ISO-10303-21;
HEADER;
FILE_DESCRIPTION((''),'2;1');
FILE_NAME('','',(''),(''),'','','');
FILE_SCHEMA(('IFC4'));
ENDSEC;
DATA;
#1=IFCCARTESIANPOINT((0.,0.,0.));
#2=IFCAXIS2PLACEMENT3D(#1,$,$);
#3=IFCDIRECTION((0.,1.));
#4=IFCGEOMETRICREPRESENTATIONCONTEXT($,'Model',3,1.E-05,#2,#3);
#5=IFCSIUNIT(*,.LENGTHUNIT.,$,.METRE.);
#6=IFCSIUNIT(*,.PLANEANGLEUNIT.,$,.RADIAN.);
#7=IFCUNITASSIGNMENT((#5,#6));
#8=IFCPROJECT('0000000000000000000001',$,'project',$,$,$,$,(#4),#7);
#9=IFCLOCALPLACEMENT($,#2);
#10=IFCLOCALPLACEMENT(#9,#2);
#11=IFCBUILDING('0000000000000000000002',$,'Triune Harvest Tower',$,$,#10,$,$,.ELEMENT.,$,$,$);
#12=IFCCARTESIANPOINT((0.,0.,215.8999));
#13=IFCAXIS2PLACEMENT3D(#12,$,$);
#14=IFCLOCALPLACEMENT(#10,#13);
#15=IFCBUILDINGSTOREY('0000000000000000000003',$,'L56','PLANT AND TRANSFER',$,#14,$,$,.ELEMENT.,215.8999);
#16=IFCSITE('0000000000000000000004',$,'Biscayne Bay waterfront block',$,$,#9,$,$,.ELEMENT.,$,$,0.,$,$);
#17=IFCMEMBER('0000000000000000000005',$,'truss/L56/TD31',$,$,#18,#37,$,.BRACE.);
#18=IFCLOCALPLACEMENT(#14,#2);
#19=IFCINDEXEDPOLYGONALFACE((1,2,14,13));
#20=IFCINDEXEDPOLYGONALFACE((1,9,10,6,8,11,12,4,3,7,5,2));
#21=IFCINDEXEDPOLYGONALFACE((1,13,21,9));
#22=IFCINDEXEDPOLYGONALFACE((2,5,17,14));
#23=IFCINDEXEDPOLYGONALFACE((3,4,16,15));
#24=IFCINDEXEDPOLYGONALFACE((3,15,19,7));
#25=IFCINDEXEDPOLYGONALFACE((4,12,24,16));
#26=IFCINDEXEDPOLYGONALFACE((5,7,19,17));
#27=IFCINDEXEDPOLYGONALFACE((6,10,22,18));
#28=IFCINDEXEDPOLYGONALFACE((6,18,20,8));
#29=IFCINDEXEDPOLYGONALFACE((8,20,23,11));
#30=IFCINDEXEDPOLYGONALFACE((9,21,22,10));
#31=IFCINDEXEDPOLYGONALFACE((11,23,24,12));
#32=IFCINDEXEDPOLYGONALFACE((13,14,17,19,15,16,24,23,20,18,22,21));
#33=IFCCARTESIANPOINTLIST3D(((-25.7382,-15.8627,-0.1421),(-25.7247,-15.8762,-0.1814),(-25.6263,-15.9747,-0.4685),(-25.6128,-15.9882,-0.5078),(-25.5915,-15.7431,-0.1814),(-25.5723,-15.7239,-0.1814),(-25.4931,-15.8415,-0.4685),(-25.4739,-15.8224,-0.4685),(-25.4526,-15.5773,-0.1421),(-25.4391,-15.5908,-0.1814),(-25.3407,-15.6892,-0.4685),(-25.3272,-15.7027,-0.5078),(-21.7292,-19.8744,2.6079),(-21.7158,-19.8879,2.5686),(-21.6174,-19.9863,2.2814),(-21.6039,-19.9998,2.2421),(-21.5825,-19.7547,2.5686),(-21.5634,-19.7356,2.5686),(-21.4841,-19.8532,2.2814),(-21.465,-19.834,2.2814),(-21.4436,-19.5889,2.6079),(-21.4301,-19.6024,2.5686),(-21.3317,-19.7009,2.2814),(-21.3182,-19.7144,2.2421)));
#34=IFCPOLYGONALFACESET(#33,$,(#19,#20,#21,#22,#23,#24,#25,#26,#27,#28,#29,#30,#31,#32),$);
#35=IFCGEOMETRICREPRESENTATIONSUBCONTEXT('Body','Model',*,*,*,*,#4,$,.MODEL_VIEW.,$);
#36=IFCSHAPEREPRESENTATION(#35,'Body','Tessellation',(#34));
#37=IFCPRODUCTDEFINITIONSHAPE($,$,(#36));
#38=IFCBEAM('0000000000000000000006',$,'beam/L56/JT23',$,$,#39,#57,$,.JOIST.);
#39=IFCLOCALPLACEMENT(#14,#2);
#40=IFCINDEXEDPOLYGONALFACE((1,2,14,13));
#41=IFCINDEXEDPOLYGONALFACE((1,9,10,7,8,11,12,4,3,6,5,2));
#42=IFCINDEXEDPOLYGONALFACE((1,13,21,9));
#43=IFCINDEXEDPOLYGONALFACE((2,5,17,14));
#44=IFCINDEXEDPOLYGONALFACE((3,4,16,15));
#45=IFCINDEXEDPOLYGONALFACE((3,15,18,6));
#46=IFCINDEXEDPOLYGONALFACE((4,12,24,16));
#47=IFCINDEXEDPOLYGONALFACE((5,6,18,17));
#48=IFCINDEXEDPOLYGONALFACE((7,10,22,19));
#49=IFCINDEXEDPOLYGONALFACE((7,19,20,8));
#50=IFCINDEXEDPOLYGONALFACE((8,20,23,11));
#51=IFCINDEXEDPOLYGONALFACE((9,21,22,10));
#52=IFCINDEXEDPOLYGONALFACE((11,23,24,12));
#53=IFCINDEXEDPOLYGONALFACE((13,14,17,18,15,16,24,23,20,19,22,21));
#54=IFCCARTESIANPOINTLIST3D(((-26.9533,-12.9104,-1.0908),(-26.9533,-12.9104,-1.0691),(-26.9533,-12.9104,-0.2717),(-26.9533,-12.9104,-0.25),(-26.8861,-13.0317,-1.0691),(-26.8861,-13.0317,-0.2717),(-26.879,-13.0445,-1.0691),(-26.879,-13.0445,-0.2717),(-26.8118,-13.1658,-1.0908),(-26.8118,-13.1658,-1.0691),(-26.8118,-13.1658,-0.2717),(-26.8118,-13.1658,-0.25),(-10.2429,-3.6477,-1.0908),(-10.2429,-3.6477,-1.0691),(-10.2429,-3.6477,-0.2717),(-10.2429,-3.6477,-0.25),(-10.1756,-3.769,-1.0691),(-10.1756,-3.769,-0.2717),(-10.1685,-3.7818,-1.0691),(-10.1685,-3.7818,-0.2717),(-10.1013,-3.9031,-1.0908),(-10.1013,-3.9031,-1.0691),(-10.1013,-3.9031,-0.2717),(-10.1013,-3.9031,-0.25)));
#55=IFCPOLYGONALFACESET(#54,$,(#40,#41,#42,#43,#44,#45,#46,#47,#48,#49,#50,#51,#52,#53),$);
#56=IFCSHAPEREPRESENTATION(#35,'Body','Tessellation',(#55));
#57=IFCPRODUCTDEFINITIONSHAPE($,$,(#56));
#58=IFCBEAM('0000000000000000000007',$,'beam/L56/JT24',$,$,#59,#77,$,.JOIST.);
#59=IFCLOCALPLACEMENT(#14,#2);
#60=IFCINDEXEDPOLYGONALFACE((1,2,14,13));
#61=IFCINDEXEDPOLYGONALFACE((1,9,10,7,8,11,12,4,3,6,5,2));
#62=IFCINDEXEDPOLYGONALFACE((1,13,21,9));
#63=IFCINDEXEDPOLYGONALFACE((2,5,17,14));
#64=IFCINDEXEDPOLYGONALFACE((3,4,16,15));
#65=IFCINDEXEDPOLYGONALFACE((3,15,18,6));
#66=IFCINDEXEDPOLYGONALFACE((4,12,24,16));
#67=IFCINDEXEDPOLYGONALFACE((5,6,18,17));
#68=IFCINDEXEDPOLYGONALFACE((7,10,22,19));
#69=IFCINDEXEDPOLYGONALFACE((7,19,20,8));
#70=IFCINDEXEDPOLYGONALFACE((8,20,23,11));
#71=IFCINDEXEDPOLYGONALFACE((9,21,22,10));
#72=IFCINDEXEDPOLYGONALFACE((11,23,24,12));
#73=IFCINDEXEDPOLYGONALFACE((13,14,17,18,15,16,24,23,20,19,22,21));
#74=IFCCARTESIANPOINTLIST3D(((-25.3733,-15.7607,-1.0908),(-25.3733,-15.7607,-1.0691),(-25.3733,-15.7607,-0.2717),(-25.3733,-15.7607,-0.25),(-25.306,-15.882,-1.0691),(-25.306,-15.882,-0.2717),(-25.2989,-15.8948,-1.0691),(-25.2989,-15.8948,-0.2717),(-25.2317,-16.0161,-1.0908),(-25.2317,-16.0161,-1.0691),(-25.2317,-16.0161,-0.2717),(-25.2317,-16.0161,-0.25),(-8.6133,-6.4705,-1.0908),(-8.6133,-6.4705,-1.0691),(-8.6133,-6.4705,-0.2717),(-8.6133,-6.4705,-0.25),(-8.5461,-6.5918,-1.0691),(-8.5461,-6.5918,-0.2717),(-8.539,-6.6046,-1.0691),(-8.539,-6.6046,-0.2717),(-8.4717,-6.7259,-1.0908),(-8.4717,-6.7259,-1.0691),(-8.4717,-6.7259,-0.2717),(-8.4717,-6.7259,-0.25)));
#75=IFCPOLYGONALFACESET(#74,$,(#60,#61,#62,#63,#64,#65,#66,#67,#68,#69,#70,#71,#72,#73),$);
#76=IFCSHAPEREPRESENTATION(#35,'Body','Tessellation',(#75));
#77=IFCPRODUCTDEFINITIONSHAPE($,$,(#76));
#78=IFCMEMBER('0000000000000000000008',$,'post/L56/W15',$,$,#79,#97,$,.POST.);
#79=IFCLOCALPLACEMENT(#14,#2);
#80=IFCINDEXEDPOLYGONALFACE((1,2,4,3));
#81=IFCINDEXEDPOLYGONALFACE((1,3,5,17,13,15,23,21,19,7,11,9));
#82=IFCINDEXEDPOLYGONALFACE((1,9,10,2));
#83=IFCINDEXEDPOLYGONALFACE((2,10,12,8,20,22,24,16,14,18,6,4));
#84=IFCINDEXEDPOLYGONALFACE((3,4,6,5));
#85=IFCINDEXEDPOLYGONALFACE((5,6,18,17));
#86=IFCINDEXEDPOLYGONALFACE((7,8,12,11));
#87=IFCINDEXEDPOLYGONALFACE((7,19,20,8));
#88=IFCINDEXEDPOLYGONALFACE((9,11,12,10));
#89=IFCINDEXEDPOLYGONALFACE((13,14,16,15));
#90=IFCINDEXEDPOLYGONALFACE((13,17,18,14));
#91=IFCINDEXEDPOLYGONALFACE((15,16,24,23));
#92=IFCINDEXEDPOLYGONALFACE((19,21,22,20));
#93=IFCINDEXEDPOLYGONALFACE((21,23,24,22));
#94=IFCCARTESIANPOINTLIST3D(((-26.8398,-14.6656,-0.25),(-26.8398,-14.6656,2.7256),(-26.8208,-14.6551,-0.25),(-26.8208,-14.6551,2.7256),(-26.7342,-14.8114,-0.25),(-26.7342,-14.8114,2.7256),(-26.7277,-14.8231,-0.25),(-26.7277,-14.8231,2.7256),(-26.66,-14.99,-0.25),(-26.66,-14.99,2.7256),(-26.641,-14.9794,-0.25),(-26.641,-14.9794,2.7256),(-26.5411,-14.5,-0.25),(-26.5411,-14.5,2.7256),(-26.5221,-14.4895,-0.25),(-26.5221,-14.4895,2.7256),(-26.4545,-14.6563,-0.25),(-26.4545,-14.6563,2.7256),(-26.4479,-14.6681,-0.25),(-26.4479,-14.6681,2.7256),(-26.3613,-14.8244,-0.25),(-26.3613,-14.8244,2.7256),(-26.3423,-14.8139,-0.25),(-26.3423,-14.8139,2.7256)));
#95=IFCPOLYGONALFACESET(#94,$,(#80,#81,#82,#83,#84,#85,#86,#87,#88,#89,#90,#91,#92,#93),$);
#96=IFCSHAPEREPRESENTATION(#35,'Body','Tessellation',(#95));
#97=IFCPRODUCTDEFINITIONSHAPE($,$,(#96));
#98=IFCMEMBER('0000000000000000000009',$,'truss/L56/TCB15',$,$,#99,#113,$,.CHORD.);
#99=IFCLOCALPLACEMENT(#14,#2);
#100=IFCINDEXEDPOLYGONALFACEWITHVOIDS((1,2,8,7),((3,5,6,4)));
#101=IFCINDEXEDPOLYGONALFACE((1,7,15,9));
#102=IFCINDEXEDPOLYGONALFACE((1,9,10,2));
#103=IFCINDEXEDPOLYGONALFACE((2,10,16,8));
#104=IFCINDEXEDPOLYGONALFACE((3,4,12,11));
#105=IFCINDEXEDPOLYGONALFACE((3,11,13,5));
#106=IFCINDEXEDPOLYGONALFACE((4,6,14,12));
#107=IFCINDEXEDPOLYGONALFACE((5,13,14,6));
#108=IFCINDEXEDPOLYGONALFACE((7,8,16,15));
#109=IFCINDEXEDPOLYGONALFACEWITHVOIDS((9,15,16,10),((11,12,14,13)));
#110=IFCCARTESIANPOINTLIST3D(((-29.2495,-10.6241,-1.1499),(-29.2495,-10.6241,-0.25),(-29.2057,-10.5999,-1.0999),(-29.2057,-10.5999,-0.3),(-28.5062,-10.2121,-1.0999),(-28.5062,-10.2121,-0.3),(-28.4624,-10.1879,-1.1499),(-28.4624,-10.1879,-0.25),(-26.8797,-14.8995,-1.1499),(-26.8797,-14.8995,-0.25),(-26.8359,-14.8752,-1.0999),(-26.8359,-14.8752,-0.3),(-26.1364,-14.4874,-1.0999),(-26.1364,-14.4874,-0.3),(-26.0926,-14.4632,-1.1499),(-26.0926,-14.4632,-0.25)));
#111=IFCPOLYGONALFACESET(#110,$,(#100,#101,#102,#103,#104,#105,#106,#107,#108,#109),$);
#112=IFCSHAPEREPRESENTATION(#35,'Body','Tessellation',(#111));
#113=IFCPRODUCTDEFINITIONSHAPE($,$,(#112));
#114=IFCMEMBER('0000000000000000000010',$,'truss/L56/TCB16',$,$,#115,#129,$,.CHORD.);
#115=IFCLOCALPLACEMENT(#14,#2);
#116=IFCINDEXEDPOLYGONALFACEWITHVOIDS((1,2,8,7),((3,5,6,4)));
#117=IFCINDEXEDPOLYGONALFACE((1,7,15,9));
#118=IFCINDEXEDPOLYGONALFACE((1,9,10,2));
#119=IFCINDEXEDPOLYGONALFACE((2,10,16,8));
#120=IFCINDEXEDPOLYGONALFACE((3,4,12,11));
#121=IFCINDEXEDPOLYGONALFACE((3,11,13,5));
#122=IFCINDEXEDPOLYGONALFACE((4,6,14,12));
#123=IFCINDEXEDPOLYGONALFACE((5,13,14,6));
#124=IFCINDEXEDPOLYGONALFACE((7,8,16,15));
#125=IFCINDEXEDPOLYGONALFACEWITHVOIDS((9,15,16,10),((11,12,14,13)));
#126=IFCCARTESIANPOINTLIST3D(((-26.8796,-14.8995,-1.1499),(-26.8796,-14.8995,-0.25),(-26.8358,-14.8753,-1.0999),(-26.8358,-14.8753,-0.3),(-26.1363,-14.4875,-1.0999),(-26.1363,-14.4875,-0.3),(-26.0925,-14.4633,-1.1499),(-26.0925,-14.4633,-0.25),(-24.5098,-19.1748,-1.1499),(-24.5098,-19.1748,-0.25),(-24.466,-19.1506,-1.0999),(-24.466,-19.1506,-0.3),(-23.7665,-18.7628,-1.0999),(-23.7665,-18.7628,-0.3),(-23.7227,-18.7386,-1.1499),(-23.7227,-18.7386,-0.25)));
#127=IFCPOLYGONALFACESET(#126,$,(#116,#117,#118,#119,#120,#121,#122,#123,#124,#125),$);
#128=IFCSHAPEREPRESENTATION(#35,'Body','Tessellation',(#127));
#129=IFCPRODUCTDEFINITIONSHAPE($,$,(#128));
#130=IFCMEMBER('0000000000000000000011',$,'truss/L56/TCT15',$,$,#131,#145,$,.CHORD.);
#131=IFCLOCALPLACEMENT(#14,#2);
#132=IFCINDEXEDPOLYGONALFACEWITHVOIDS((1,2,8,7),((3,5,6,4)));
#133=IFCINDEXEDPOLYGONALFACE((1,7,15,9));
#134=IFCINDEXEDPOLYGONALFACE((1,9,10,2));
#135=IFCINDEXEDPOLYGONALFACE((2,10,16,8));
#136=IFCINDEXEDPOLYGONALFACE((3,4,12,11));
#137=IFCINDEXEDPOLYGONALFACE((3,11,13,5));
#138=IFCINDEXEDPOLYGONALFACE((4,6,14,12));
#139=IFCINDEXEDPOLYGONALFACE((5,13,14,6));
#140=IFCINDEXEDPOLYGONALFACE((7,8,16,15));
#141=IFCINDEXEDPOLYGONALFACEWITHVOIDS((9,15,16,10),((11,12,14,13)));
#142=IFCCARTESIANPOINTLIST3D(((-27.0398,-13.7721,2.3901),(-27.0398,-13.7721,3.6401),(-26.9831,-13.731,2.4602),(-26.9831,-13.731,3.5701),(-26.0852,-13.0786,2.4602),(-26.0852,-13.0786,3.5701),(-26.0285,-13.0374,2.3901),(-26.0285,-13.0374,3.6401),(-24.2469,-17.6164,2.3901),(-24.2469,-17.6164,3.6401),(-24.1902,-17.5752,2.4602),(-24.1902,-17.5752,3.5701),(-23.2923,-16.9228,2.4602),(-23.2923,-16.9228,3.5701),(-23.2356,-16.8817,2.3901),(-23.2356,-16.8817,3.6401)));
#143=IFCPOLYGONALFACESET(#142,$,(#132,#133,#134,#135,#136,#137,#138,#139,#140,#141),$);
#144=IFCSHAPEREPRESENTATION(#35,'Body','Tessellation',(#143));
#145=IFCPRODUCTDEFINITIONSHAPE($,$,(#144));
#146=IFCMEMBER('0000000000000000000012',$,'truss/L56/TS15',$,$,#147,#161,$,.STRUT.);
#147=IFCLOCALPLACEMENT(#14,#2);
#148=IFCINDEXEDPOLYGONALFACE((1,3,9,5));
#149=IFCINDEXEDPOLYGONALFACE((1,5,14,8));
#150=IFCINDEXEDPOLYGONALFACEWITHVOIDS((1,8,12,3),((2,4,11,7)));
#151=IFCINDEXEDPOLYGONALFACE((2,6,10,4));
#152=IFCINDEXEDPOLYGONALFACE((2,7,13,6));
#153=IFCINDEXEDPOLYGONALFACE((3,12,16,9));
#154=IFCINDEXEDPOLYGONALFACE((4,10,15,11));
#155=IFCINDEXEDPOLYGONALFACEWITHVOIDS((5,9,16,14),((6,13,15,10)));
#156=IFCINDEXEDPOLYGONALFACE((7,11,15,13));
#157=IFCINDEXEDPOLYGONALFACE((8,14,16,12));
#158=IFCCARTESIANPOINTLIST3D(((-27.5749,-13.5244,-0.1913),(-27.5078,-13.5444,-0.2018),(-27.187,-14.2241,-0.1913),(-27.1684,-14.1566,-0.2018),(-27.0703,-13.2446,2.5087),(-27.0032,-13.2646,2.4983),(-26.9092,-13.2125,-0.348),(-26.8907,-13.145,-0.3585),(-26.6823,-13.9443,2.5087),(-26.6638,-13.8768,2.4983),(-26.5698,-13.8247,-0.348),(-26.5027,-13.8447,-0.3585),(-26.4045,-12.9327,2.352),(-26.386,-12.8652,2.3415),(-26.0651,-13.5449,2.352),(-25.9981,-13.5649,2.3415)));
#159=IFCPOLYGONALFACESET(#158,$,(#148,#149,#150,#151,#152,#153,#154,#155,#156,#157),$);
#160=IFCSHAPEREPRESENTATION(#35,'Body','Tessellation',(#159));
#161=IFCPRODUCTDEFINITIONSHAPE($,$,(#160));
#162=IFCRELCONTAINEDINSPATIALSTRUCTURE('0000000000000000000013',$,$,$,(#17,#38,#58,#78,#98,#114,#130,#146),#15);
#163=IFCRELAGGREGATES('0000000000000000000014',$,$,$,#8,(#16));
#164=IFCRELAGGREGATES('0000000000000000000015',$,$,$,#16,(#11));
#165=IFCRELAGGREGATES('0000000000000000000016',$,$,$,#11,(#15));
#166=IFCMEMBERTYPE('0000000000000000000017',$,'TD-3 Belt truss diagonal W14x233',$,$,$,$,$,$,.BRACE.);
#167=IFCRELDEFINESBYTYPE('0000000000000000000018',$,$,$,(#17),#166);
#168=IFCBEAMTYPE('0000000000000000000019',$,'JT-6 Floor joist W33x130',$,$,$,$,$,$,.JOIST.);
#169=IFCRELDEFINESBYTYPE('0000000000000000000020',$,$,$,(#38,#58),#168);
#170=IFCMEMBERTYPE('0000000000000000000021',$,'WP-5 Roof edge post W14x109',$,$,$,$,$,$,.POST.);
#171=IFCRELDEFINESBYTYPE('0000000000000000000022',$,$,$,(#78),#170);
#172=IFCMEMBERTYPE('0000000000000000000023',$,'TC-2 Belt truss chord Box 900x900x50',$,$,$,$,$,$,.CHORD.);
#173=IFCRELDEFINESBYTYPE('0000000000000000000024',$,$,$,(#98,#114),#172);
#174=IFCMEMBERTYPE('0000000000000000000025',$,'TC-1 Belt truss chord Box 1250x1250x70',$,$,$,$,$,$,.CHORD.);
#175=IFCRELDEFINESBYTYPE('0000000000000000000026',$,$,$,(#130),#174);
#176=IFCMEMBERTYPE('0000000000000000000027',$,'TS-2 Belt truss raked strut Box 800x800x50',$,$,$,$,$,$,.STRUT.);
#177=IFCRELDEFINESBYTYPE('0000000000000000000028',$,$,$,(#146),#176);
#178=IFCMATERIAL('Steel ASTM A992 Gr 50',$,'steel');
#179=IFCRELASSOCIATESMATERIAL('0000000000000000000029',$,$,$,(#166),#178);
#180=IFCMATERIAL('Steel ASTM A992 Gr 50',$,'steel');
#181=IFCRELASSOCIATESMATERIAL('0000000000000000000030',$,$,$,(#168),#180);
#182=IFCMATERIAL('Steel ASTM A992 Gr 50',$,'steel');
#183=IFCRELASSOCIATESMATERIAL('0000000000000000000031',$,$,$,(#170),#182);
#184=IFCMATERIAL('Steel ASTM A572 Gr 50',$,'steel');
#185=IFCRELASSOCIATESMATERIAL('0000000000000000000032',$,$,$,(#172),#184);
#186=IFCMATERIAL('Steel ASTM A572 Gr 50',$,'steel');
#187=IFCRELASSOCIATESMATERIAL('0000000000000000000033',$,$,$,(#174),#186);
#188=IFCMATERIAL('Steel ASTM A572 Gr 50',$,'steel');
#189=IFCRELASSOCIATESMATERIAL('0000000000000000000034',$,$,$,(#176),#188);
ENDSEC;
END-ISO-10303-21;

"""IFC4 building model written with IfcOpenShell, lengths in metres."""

from ifc_helpers import new_model, si_unit, direction, frame, origin, origin_2d, place, context, subcontext, project, spatial, hollow_rectangle, i_section, extrude, source, transform, mapped, material, material_profile, profile_set, type_object, element, save


model = new_model("IFC4")

# Units and contexts
model_context = context("Model", 3, precision=1e-05, world=origin(), true_north=direction((0.0, 1.0)))
body_context = subcontext(model_context, "Body", "Model", "MODEL_VIEW")
ifc_project = project(units=[si_unit("LENGTHUNIT", "METRE"), si_unit("PLANEANGLEUNIT", "RADIAN")], contexts=[model_context])

# Site, building, storey
site_placement = place(None, origin())
site = spatial("IfcSite", under=ifc_project, at=site_placement, Name="Biscayne Bay waterfront block", CompositionType="ELEMENT", RefElevation=0.0)
building_placement = place(site_placement, origin())
building = spatial("IfcBuilding", under=site, at=building_placement, Name="Triune Harvest Tower", CompositionType="ELEMENT")
storey_placement = place(building_placement, frame((0.0, 0.0, 215.8999)))
storey = spatial("IfcBuildingStorey", under=building, at=storey_placement, Name="L56", Description="PLANT AND TRANSFER", CompositionType="ELEMENT", Elevation=215.8999)

# Member
ifc_material_1 = material(Name="Steel ASTM A992 Gr 50", Category="steel")
ifc_material_profile_1 = material_profile(ifc_material_1, i_section(OverallWidth=0.4038, OverallDepth=0.4065, WebThickness=0.0271, FlangeThickness=0.0437, at=origin_2d()), Name="W14x233")
ifc_profile_set_1 = profile_set([ifc_material_profile_1], Name="Steel ASTM A992 Gr 50")
member_type_1 = type_object("IfcMemberType", Name="TD-3 Belt truss diagonal W14x233", PredefinedType="BRACE", material=ifc_profile_set_1)
member_1_placement = place(storey_placement, frame((-25.5327, -15.7827, -0.325), z_axis=(0.636044, -0.63647, 0.436295), x_axis=(0.707343, 0.70687, 0.0)))
element("IfcMember", 1, at=member_1_placement, inside=storey, type_object=member_type_1, Name="truss/L56/TD31", PredefinedType="BRACE", context=body_context, shape_type="SweptSolid", body=[
    extrude(i_section(OverallWidth=0.4038, OverallDepth=0.4065, WebThickness=0.0271, FlangeThickness=0.0437, at=origin_2d()), origin(), (0.0, 0.0, 1.0), 6.303),
])

# Beams
ifc_material_2 = material(Name="Steel ASTM A992 Gr 50", Category="steel")
ifc_material_profile_2 = material_profile(ifc_material_2, i_section(OverallWidth=0.292, OverallDepth=0.8408, WebThickness=0.0146, FlangeThickness=0.0217, at=origin_2d()), Name="W33x130")
ifc_profile_set_2 = profile_set([ifc_material_profile_2], Name="Steel ASTM A992 Gr 50")
beam_type = type_object("IfcBeamType", Name="JT-6 Floor joist W33x130", PredefinedType="JOIST", material=ifc_profile_set_2)
shared_shape_1 = source(origin(), body_context, "Body", "SweptSolid", [
    extrude(i_section(OverallWidth=0.292, OverallDepth=0.8408, WebThickness=0.0146, FlangeThickness=0.0217, at=origin_2d()), origin(), (0.0, 0.0, 1.0), 19.106),
])
beam_1_placement = place(storey_placement, frame((-26.8826, -13.0381, -0.6704), z_axis=(0.874621, 0.484807, 0.0), x_axis=(-0.484807, 0.874621, 0.0)))
element("IfcBeam", 2, at=beam_1_placement, inside=storey, type_object=beam_type, Name="beam/L56/JT23", PredefinedType="JOIST", context=body_context, shape_type="MappedRepresentation", body=[
    mapped(shared_shape_1, transform((0.0, 0.0, 0.0), scale=1.0)),
])
shared_shape_2 = source(origin(), body_context, "Body", "SweptSolid", [
    extrude(i_section(OverallWidth=0.292, OverallDepth=0.8408, WebThickness=0.0146, FlangeThickness=0.0217, at=origin_2d()), origin(), (0.0, 0.0, 1.0), 19.1626),
])
beam_2_placement = place(storey_placement, frame((-25.3025, -15.8884, -0.6704), z_axis=(0.874618, 0.484812, 0.0), x_axis=(-0.484812, 0.874618, 0.0)))
element("IfcBeam", 3, at=beam_2_placement, inside=storey, type_object=beam_type, Name="beam/L56/JT24", PredefinedType="JOIST", context=body_context, shape_type="MappedRepresentation", body=[
    mapped(shared_shape_2, transform((0.0, 0.0, 0.0), scale=1.0)),
])

# Members
ifc_material_3 = material(Name="Steel ASTM A992 Gr 50", Category="steel")
ifc_material_profile_3 = material_profile(ifc_material_3, i_section(OverallWidth=0.3708, OverallDepth=0.3633, WebThickness=0.0134, FlangeThickness=0.0217, at=origin_2d()), Name="W14x109")
ifc_profile_set_3 = profile_set([ifc_material_profile_3], Name="Steel ASTM A992 Gr 50")
member_type_2 = type_object("IfcMemberType", Name="WP-5 Roof edge post W14x109", PredefinedType="POST", material=ifc_profile_set_3)
shared_shape_3 = source(origin(), body_context, "Body", "SweptSolid", [
    extrude(i_section(OverallWidth=0.3708, OverallDepth=0.3633, WebThickness=0.0134, FlangeThickness=0.0217, at=origin_2d()), origin(), (0.0, 0.0, 1.0), 2.9756),
])
member_2_placement = place(storey_placement, frame((-26.5911, -14.7397, -0.25), z_axis=(0.0, 0.0, 1.0), x_axis=(0.484808, -0.874621, 0.0)))
element("IfcMember", 4, at=member_2_placement, inside=storey, type_object=member_type_2, Name="post/L56/W15", PredefinedType="POST", context=body_context, shape_type="MappedRepresentation", body=[
    mapped(shared_shape_3, transform((0.0, 0.0, 0.0), scale=1.0)),
])
ifc_material_4 = material(Name="Steel ASTM A572 Gr 50", Category="steel")
ifc_material_profile_4 = material_profile(ifc_material_4, hollow_rectangle(XDim=0.8999, YDim=0.8999, WallThickness=0.05, at=origin_2d()), Name="Box 900x900x50")
ifc_profile_set_4 = profile_set([ifc_material_profile_4], Name="Steel ASTM A572 Gr 50")
member_type_3 = type_object("IfcMemberType", Name="TC-2 Belt truss chord Box 900x900x50", PredefinedType="CHORD", material=ifc_profile_set_4)
shared_shape_4 = source(origin(), body_context, "Body", "SweptSolid", [
    extrude(hollow_rectangle(XDim=0.8999, YDim=0.8999, WallThickness=0.05, at=origin_2d()), origin(), (0.0, 0.0, 1.0), 4.8882),
])
for number, where, z_axis, x_axis, name in (
    (5, (-28.856, -10.406, -0.7), (0.484807, -0.874621, 0.0), (0.874621, 0.484807, 0.0), "truss/L56/TCB15"),
    (6, (-26.4861, -14.6814, -0.7), (0.484807, -0.874621, 0.0), (0.874621, 0.484807, 0.0), "truss/L56/TCB16"),
):
    element("IfcMember", number, at=place(storey_placement, frame(where, z_axis=z_axis, x_axis=x_axis)), inside=storey, type_object=member_type_3, Name=name, PredefinedType="CHORD", context=body_context, shape_type="MappedRepresentation", body=[
        mapped(shared_shape_4, transform((0.0, 0.0, 0.0), scale=1.0)),
    ])
ifc_material_5 = material(Name="Steel ASTM A572 Gr 50", Category="steel")
ifc_material_profile_5 = material_profile(ifc_material_5, hollow_rectangle(XDim=1.25, YDim=1.25, WallThickness=0.0701, at=origin_2d()), Name="Box 1250x1250x70")
ifc_profile_set_5 = profile_set([ifc_material_profile_5], Name="Steel ASTM A572 Gr 50")
member_type_4 = type_object("IfcMemberType", Name="TC-1 Belt truss chord Box 1250x1250x70", PredefinedType="CHORD", material=ifc_profile_set_5)
shared_shape_5 = source(origin(), body_context, "Body", "SweptSolid", [
    extrude(hollow_rectangle(XDim=1.25, YDim=1.25, WallThickness=0.0701, at=origin_2d()), origin(), (0.0, 0.0, 1.0), 4.7517),
])
member_3_placement = place(storey_placement, frame((-26.5342, -13.4048, 3.0151), z_axis=(0.587781, -0.80902, 0.0), x_axis=(0.80902, 0.587781, 0.0)))
element("IfcMember", 7, at=member_3_placement, inside=storey, type_object=member_type_4, Name="truss/L56/TCT15", PredefinedType="CHORD", context=body_context, shape_type="MappedRepresentation", body=[
    mapped(shared_shape_5, transform((0.0, 0.0, 0.0), scale=1.0)),
])
ifc_material_6 = material(Name="Steel ASTM A572 Gr 50", Category="steel")
ifc_material_profile_6 = material_profile(ifc_material_6, hollow_rectangle(XDim=0.8, YDim=0.8, WallThickness=0.05, at=origin_2d()), Name="Box 800x800x50")
ifc_profile_set_6 = profile_set([ifc_material_profile_6], Name="Steel ASTM A572 Gr 50")
member_type_5 = type_object("IfcMemberType", Name="TS-2 Belt truss raked strut Box 800x800x50", PredefinedType="STRUT", material=ifc_profile_set_6)
shared_shape_6 = source(origin(), body_context, "Body", "SweptSolid", [
    extrude(hollow_rectangle(XDim=0.8, YDim=0.8, WallThickness=0.05, at=origin_2d()), origin(), (0.0, 0.0, 1.0), 2.761),
])
member_4_placement = place(storey_placement, frame((-27.0388, -13.6846, -0.2749), z_axis=(0.182779, 0.101338, 0.977917), x_axis=(-0.484888, 0.874576, 0.0)))
element("IfcMember", 8, at=member_4_placement, inside=storey, type_object=member_type_5, Name="truss/L56/TS15", PredefinedType="STRUT", context=body_context, shape_type="MappedRepresentation", body=[
    mapped(shared_shape_6, transform((0.0, 0.0, 0.0), scale=1.0)),
])

save(model, "model.ifc")
